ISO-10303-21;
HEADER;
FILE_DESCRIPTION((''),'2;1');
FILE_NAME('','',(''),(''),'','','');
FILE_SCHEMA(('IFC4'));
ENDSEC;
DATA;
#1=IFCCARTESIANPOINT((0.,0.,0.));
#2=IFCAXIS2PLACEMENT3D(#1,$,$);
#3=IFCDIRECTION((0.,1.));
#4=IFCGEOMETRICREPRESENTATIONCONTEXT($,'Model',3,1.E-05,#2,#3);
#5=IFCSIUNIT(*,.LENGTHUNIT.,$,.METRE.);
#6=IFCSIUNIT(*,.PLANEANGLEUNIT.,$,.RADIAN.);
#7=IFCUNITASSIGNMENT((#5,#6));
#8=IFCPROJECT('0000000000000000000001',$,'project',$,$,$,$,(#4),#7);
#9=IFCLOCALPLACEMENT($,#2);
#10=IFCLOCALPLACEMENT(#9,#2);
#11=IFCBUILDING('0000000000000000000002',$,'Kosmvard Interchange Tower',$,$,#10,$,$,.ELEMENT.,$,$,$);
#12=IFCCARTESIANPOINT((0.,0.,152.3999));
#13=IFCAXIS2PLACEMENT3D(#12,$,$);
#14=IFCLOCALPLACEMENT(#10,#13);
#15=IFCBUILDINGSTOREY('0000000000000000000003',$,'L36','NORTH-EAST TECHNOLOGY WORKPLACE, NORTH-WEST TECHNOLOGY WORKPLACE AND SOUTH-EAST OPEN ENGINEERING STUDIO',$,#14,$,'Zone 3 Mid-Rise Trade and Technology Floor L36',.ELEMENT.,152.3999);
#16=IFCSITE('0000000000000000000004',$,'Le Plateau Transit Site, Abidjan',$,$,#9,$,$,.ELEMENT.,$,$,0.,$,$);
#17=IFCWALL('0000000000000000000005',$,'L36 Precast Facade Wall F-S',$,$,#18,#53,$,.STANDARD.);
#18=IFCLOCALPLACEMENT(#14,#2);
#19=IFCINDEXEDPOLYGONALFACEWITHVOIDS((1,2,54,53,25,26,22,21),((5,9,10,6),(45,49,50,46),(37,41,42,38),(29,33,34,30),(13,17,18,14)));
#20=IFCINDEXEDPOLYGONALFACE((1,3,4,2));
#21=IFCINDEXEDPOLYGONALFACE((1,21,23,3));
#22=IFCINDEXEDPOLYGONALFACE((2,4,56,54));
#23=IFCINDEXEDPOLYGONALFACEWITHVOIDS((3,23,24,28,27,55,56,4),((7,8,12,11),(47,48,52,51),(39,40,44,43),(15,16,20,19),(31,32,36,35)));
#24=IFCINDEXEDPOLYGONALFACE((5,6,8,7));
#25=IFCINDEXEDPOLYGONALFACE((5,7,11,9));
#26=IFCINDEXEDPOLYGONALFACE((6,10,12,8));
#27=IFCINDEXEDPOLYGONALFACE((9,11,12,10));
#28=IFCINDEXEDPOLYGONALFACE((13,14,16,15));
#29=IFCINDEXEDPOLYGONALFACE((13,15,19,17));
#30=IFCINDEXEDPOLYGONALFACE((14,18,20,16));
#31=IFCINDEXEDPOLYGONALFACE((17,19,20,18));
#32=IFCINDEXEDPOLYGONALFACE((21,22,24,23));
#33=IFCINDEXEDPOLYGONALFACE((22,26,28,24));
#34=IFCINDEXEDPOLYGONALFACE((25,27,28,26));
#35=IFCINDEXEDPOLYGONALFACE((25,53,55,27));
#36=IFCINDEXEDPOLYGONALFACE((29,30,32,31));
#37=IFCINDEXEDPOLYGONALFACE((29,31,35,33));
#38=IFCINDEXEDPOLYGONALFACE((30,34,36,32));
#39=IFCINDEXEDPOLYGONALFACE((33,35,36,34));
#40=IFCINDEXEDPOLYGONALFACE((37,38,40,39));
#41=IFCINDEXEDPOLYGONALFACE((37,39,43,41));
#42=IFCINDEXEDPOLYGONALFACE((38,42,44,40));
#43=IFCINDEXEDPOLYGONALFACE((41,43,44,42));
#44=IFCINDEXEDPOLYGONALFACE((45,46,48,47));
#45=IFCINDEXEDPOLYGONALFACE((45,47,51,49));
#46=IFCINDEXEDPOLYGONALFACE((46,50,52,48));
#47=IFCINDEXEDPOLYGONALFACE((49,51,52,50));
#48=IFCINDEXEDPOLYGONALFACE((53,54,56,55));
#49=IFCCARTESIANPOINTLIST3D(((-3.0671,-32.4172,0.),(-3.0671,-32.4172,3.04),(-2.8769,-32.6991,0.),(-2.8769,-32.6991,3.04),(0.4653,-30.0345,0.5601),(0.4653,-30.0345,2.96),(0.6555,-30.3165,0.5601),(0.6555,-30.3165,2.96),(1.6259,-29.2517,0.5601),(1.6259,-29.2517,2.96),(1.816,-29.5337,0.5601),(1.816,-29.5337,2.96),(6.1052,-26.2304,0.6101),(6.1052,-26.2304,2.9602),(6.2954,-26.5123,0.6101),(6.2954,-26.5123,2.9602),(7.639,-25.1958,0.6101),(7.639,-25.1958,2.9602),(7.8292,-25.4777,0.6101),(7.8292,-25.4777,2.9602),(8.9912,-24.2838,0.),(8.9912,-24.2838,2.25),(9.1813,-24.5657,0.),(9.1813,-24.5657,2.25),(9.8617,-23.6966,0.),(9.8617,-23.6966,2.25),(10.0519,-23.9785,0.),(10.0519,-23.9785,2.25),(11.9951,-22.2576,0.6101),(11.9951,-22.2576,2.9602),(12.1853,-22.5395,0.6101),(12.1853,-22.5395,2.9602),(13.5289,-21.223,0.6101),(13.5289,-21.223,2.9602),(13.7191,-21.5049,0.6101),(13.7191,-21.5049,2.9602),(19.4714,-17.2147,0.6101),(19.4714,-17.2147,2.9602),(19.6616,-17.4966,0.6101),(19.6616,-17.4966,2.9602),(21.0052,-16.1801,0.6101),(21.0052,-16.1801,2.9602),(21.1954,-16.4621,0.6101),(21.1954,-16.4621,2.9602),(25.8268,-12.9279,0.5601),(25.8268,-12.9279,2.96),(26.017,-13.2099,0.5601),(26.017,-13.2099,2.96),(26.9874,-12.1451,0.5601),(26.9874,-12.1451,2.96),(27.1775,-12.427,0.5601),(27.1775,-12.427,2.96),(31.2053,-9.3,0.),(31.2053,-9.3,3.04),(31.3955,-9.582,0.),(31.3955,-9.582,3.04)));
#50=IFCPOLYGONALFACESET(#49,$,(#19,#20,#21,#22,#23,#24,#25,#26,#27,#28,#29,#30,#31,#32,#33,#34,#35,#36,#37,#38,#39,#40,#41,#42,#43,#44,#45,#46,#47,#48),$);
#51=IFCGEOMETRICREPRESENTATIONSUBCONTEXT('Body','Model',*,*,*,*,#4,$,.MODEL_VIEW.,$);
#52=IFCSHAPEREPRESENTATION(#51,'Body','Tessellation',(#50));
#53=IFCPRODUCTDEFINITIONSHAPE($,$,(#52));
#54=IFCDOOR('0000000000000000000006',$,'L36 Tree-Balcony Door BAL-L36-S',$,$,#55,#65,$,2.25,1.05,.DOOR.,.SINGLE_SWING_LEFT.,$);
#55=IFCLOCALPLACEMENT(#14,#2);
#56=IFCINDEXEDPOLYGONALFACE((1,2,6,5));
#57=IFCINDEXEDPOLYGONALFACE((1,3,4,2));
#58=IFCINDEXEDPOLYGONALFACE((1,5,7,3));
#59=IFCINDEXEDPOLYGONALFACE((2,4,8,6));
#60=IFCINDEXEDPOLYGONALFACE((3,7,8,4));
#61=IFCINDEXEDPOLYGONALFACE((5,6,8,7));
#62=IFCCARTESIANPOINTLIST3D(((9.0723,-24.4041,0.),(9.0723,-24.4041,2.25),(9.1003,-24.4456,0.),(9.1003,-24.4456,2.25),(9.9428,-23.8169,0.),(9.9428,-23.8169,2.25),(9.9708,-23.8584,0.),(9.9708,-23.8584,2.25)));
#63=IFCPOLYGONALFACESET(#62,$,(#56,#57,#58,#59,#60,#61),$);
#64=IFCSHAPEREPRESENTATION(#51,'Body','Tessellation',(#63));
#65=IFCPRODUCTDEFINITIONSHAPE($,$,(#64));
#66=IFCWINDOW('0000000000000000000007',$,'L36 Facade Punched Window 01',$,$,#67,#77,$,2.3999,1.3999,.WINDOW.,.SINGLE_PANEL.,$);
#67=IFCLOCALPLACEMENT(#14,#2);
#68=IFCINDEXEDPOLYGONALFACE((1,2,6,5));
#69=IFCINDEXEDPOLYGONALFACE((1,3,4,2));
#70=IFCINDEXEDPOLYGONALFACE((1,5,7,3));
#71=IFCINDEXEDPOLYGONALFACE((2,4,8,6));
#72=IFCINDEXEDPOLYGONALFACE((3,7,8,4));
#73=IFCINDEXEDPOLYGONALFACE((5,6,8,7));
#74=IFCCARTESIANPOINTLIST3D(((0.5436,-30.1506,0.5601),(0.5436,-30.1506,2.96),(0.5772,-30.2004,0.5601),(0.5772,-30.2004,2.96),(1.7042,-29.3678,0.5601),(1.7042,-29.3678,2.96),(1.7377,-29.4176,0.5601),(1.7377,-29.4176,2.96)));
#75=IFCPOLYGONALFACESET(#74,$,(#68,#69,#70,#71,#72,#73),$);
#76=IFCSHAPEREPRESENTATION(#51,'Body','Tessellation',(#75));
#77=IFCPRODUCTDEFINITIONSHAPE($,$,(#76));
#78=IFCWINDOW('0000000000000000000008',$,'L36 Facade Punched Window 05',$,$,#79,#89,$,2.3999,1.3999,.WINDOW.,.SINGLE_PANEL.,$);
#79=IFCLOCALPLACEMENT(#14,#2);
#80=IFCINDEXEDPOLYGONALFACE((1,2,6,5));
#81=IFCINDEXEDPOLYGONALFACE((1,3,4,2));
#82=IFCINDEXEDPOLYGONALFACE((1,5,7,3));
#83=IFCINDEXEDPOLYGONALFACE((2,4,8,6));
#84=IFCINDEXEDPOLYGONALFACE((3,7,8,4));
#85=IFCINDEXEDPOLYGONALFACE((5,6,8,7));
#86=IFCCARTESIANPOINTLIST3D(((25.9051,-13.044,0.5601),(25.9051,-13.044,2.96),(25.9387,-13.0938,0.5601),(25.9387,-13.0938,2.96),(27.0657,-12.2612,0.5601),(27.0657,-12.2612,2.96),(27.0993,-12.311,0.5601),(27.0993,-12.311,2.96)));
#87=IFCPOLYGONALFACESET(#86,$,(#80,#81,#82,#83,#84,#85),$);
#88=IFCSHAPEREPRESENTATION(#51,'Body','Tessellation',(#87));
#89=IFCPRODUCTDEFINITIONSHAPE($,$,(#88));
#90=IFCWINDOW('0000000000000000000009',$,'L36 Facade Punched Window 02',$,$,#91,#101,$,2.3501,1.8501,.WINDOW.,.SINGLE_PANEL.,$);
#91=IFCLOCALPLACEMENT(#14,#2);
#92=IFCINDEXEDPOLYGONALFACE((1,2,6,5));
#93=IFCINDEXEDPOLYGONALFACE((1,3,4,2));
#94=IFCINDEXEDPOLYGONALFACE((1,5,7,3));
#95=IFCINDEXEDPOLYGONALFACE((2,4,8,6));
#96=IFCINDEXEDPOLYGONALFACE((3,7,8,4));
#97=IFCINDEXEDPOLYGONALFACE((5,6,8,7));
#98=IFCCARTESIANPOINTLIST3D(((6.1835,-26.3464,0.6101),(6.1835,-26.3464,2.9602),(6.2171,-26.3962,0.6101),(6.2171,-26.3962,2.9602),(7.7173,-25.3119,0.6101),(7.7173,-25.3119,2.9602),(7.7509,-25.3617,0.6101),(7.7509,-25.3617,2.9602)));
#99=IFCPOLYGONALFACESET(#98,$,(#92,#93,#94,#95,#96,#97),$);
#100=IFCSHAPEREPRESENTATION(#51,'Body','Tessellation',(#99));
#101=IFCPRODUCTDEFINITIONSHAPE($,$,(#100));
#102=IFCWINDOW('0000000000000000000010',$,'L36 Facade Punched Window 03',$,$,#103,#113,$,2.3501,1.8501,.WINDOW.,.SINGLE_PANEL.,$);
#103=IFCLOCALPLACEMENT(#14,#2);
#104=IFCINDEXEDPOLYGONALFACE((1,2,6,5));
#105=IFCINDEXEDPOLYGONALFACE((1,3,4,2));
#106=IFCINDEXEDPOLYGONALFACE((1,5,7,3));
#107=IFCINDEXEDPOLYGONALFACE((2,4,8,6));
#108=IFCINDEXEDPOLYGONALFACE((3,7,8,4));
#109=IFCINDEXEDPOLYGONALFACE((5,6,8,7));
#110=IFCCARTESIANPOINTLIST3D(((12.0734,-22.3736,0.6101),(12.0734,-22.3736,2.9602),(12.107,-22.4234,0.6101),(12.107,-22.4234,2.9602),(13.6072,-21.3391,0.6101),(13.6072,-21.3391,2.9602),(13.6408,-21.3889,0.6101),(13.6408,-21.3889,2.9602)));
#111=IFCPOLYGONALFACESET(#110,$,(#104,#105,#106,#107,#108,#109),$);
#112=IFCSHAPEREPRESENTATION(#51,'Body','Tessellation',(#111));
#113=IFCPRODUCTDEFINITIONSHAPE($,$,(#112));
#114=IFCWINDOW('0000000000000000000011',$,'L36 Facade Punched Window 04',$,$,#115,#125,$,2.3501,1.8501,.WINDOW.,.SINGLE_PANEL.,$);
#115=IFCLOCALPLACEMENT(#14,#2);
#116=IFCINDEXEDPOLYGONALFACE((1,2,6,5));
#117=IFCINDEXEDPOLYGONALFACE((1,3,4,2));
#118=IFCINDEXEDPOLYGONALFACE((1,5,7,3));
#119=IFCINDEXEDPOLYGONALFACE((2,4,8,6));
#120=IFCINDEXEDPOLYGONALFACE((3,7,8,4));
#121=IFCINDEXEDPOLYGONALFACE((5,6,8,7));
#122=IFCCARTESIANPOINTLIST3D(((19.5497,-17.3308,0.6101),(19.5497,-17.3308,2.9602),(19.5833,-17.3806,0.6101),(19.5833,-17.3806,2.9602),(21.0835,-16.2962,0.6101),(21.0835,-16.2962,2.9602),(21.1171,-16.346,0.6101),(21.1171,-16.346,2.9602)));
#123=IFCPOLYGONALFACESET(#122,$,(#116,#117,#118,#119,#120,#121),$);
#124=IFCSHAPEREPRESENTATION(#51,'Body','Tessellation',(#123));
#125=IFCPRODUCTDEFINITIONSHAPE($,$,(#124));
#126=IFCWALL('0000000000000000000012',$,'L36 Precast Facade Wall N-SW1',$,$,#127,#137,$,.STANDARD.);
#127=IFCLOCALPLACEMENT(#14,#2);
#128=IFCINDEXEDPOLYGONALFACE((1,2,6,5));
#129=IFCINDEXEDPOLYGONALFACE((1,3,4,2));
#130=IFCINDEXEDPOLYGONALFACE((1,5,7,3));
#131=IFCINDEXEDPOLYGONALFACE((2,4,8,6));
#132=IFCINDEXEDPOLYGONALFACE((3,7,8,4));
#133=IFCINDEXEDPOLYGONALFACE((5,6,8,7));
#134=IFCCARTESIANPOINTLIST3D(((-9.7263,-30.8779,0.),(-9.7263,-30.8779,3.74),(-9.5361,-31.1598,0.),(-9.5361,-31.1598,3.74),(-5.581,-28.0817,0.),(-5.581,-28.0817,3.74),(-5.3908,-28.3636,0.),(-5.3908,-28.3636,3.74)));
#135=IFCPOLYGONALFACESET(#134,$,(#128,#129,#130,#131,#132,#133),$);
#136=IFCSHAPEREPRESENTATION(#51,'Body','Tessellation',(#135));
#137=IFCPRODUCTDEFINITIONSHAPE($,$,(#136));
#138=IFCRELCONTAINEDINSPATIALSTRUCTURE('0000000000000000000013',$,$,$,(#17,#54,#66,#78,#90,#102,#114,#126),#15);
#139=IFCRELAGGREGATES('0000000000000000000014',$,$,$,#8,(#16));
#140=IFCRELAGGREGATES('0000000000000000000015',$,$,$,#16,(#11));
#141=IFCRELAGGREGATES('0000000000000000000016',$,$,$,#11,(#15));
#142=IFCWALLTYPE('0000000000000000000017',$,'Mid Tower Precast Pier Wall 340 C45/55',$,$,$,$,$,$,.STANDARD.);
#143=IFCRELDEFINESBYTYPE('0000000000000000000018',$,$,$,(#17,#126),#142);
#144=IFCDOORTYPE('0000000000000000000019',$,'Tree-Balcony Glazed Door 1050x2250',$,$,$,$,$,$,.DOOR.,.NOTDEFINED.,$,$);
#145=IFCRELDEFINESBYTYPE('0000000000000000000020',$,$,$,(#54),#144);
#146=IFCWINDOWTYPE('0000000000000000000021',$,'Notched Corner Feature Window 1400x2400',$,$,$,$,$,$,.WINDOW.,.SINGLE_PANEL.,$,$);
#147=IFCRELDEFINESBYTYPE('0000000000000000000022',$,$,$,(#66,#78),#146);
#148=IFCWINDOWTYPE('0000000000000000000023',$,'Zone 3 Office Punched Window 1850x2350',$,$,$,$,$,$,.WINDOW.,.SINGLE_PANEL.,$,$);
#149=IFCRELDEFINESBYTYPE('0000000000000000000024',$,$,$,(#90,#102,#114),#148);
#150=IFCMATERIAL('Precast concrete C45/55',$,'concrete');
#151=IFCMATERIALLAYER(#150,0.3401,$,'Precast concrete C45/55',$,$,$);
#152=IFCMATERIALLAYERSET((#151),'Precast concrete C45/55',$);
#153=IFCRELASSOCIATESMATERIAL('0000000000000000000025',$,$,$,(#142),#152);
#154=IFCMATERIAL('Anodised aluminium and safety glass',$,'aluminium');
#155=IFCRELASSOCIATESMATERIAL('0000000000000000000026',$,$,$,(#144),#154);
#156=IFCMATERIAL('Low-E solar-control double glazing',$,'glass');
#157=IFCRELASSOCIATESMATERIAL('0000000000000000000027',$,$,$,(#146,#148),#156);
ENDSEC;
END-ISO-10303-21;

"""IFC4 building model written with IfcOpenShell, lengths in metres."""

from ifc_helpers import new_model, si_unit, direction, frame, frame_2d, origin, place, context, subcontext, project, spatial, rectangle, extrude, source, transform, mapped, material, layer, layer_set, type_object, element, fill, save


model = new_model("IFC4")

# Units and contexts
model_context = context("Model", 3, precision=1e-05, world=origin(), true_north=direction((0.0, 1.0)))
body_context = subcontext(model_context, "Body", "Model", "MODEL_VIEW")
ifc_project = project(units=[si_unit("LENGTHUNIT", "METRE"), si_unit("PLANEANGLEUNIT", "RADIAN")], contexts=[model_context])

# Site, building, storey
site_placement = place(None, origin())
site = spatial("IfcSite", under=ifc_project, at=site_placement, Name="Le Plateau Transit Site, Abidjan", CompositionType="ELEMENT", RefElevation=0.0)
building_placement = place(site_placement, origin())
building = spatial("IfcBuilding", under=site, at=building_placement, Name="Kosmvard Interchange Tower", CompositionType="ELEMENT")
storey_placement = place(building_placement, frame((0.0, 0.0, 152.3999)))
storey = spatial("IfcBuildingStorey", under=building, at=storey_placement, Name="L36", Description="NORTH-EAST TECHNOLOGY WORKPLACE, NORTH-WEST TECHNOLOGY WORKPLACE AND SOUTH-EAST OPEN ENGINEERING STUDIO", LongName="Zone 3 Mid-Rise Trade and Technology Floor L36", CompositionType="ELEMENT", Elevation=152.3999)

# Shared definitions
ifc_material_1 = material(Name="Precast concrete C45/55", Category="concrete")

# Wall, openings, door, windows
ifc_layer_1 = layer(ifc_material_1, 0.3401, Name="Precast concrete C45/55")
ifc_layer_set_1 = layer_set([ifc_layer_1], Name="Precast concrete C45/55")
wall_type_1 = type_object("IfcWallType", Name="Mid Tower Precast Pier Wall 340 C45/55", PredefinedType="STANDARD", material=ifc_layer_set_1)
wall_1_placement = place(storey_placement, frame((-2.9719, -32.5581, 0.0), z_axis=(0.0, 0.0, 1.0), x_axis=(0.829036, 0.559195, 0.0)))
wall_1 = element("IfcWall", 1, at=wall_1_placement, inside=storey, type_object=wall_type_1, Name="L36 Precast Facade Wall F-S", PredefinedType="STANDARD", context=body_context, shape_type="SweptSolid", body=[
    extrude(rectangle(XDim=41.3401, YDim=0.3401, at=frame_2d((20.6699, 0.0))), origin(), (0.0, 0.0, 1.0), 3.04),
])
opening_1_placement = place(wall_1_placement, frame((14.5449, 0.0, 0.0)))
opening_1 = element("IfcOpeningElement", 2, at=opening_1_placement, cuts=wall_1, PredefinedType="OPENING", context=body_context, shape_type="SweptSolid", body=[
    extrude(rectangle(XDim=1.05, YDim=2.25, at=frame_2d((0.5249, 1.125))), frame((0.0, 0.1802, 0.0), z_axis=(0.0, -1.0, 0.0), x_axis=(1.0, 0.0, 0.0)), (0.0, 0.0, 1.0), 0.3601),
])
opening_2_placement = place(wall_1_placement, frame((4.2607, 0.0, 0.5601)))
opening_2 = element("IfcOpeningElement", 3, at=opening_2_placement, cuts=wall_1, PredefinedType="OPENING", context=body_context, shape_type="SweptSolid", body=[
    extrude(rectangle(XDim=1.3999, YDim=2.3999, at=frame_2d((0.7, 1.2))), frame((0.0, 0.1802, 0.0), z_axis=(0.0, -1.0, 0.0), x_axis=(1.0, 0.0, 0.0)), (0.0, 0.0, 1.0), 0.3601),
])
opening_3_placement = place(wall_1_placement, frame((11.0637, 0.0, 0.6101)))
opening_3 = element("IfcOpeningElement", 4, at=opening_3_placement, cuts=wall_1, PredefinedType="OPENING", context=body_context, shape_type="SweptSolid", body=[
    extrude(rectangle(XDim=1.8501, YDim=2.3501, at=frame_2d((0.925, 1.175))), frame((0.0, 0.1802, 0.0), z_axis=(0.0, -1.0, 0.0), x_axis=(1.0, 0.0, 0.0)), (0.0, 0.0, 1.0), 0.3601),
])
opening_4_placement = place(wall_1_placement, frame((18.1682, 0.0, 0.6101)))
opening_4 = element("IfcOpeningElement", 5, at=opening_4_placement, cuts=wall_1, PredefinedType="OPENING", context=body_context, shape_type="SweptSolid", body=[
    extrude(rectangle(XDim=1.8501, YDim=2.3501, at=frame_2d((0.925, 1.175))), frame((0.0, 0.1802, 0.0), z_axis=(0.0, -1.0, 0.0), x_axis=(1.0, 0.0, 0.0)), (0.0, 0.0, 1.0), 0.3601),
])
opening_5_placement = place(wall_1_placement, frame((27.1863, 0.0, 0.6101)))
opening_5 = element("IfcOpeningElement", 6, at=opening_5_placement, cuts=wall_1, PredefinedType="OPENING", context=body_context, shape_type="SweptSolid", body=[
    extrude(rectangle(XDim=1.8501, YDim=2.3501, at=frame_2d((0.925, 1.175))), frame((0.0, 0.1802, 0.0), z_axis=(0.0, -1.0, 0.0), x_axis=(1.0, 0.0, 0.0)), (0.0, 0.0, 1.0), 0.3601),
])
opening_6_placement = place(wall_1_placement, frame((34.8523, 0.0, 0.5601)))
opening_6 = element("IfcOpeningElement", 7, at=opening_6_placement, cuts=wall_1, PredefinedType="OPENING", context=body_context, shape_type="SweptSolid", body=[
    extrude(rectangle(XDim=1.3999, YDim=2.3999, at=frame_2d((0.7, 1.2))), frame((0.0, 0.1802, 0.0), z_axis=(0.0, -1.0, 0.0), x_axis=(1.0, 0.0, 0.0)), (0.0, 0.0, 1.0), 0.3601),
])
ifc_material_2 = material(Name="Anodised aluminium and safety glass", Category="aluminium")
door_type = type_object("IfcDoorType", Name="Tree-Balcony Glazed Door 1050x2250", OperationType="NOTDEFINED", PredefinedType="DOOR", material=ifc_material_2)
shared_shape_1 = source(origin(), body_context, "Body", "SweptSolid", [
    extrude(rectangle(XDim=1.05, YDim=2.25, at=frame_2d((0.5249, 1.125))), frame((0.0, 0.0249, 0.0), z_axis=(0.0, -1.0, 0.0), x_axis=(1.0, 0.0, 0.0)), (0.0, 0.0, 1.0), 0.05),
])
door_placement = place(opening_1_placement, origin())
door = element("IfcDoor", 8, at=door_placement, inside=storey, type_object=door_type, Name="L36 Tree-Balcony Door BAL-L36-S", OperationType="SINGLE_SWING_LEFT", OverallHeight=2.25, OverallWidth=1.05, PredefinedType="DOOR", context=body_context, shape_type="MappedRepresentation", body=[
    mapped(shared_shape_1, transform((0.0, 0.0, 0.0), scale=1.0)),
])
fill(opening_1, door)
ifc_material_3 = material(Name="Low-E solar-control double glazing", Category="glass")
window_type_1 = type_object("IfcWindowType", Name="Notched Corner Feature Window 1400x2400", PartitioningType="SINGLE_PANEL", PredefinedType="WINDOW", material=ifc_material_3)
shared_shape_2 = source(origin(), body_context, "Body", "SweptSolid", [
    extrude(rectangle(XDim=1.3999, YDim=2.3999, at=frame_2d((0.7, 1.2))), frame((0.0, 0.03, 0.0), z_axis=(0.0, -1.0, 0.0), x_axis=(1.0, 0.0, 0.0)), (0.0, 0.0, 1.0), 0.0601),
])
window_1_placement = place(opening_2_placement, origin())
window_1 = element("IfcWindow", 9, at=window_1_placement, inside=storey, type_object=window_type_1, Name="L36 Facade Punched Window 01", OverallHeight=2.3999, OverallWidth=1.3999, PartitioningType="SINGLE_PANEL", PredefinedType="WINDOW", context=body_context, shape_type="MappedRepresentation", body=[
    mapped(shared_shape_2, transform((0.0, 0.0, 0.0), scale=1.0)),
])
fill(opening_2, window_1)
window_2_placement = place(opening_6_placement, origin())
window_2 = element("IfcWindow", 10, at=window_2_placement, inside=storey, type_object=window_type_1, Name="L36 Facade Punched Window 05", OverallHeight=2.3999, OverallWidth=1.3999, PartitioningType="SINGLE_PANEL", PredefinedType="WINDOW", context=body_context, shape_type="MappedRepresentation", body=[
    mapped(shared_shape_2, transform((0.0, 0.0, 0.0), scale=1.0)),
])
fill(opening_6, window_2)
window_type_2 = type_object("IfcWindowType", Name="Zone 3 Office Punched Window 1850x2350", PartitioningType="SINGLE_PANEL", PredefinedType="WINDOW", material=ifc_material_3)
shared_shape_3 = source(origin(), body_context, "Body", "SweptSolid", [
    extrude(rectangle(XDim=1.8501, YDim=2.3501, at=frame_2d((0.925, 1.175))), frame((0.0, 0.03, 0.0), z_axis=(0.0, -1.0, 0.0), x_axis=(1.0, 0.0, 0.0)), (0.0, 0.0, 1.0), 0.0601),
])
window_3_placement = place(opening_3_placement, origin())
window_3 = element("IfcWindow", 11, at=window_3_placement, inside=storey, type_object=window_type_2, Name="L36 Facade Punched Window 02", OverallHeight=2.3501, OverallWidth=1.8501, PartitioningType="SINGLE_PANEL", PredefinedType="WINDOW", context=body_context, shape_type="MappedRepresentation", body=[
    mapped(shared_shape_3, transform((0.0, 0.0, 0.0), scale=1.0)),
])
fill(opening_3, window_3)
window_4_placement = place(opening_4_placement, origin())
window_4 = element("IfcWindow", 12, at=window_4_placement, inside=storey, type_object=window_type_2, Name="L36 Facade Punched Window 03", OverallHeight=2.3501, OverallWidth=1.8501, PartitioningType="SINGLE_PANEL", PredefinedType="WINDOW", context=body_context, shape_type="MappedRepresentation", body=[
    mapped(shared_shape_3, transform((0.0, 0.0, 0.0), scale=1.0)),
])
fill(opening_4, window_4)
window_5_placement = place(opening_5_placement, origin())
window_5 = element("IfcWindow", 13, at=window_5_placement, inside=storey, type_object=window_type_2, Name="L36 Facade Punched Window 04", OverallHeight=2.3501, OverallWidth=1.8501, PartitioningType="SINGLE_PANEL", PredefinedType="WINDOW", context=body_context, shape_type="MappedRepresentation", body=[
    mapped(shared_shape_3, transform((0.0, 0.0, 0.0), scale=1.0)),
])
fill(opening_5, window_5)

# Wall
wall_2_placement = place(storey_placement, frame((-9.6311, -31.0188, 0.0), z_axis=(0.0, 0.0, 1.0), x_axis=(0.829026, 0.55921, 0.0)))
element("IfcWall", 14, at=wall_2_placement, inside=storey, type_object=wall_type_1, Name="L36 Precast Facade Wall N-SW1", PredefinedType="STANDARD", context=body_context, shape_type="SweptSolid", body=[
    extrude(rectangle(XDim=5.0002, YDim=0.3401, at=frame_2d((2.5, 0.0))), origin(), (0.0, 0.0, 1.0), 3.74),
])

save(model, "model.ifc")
